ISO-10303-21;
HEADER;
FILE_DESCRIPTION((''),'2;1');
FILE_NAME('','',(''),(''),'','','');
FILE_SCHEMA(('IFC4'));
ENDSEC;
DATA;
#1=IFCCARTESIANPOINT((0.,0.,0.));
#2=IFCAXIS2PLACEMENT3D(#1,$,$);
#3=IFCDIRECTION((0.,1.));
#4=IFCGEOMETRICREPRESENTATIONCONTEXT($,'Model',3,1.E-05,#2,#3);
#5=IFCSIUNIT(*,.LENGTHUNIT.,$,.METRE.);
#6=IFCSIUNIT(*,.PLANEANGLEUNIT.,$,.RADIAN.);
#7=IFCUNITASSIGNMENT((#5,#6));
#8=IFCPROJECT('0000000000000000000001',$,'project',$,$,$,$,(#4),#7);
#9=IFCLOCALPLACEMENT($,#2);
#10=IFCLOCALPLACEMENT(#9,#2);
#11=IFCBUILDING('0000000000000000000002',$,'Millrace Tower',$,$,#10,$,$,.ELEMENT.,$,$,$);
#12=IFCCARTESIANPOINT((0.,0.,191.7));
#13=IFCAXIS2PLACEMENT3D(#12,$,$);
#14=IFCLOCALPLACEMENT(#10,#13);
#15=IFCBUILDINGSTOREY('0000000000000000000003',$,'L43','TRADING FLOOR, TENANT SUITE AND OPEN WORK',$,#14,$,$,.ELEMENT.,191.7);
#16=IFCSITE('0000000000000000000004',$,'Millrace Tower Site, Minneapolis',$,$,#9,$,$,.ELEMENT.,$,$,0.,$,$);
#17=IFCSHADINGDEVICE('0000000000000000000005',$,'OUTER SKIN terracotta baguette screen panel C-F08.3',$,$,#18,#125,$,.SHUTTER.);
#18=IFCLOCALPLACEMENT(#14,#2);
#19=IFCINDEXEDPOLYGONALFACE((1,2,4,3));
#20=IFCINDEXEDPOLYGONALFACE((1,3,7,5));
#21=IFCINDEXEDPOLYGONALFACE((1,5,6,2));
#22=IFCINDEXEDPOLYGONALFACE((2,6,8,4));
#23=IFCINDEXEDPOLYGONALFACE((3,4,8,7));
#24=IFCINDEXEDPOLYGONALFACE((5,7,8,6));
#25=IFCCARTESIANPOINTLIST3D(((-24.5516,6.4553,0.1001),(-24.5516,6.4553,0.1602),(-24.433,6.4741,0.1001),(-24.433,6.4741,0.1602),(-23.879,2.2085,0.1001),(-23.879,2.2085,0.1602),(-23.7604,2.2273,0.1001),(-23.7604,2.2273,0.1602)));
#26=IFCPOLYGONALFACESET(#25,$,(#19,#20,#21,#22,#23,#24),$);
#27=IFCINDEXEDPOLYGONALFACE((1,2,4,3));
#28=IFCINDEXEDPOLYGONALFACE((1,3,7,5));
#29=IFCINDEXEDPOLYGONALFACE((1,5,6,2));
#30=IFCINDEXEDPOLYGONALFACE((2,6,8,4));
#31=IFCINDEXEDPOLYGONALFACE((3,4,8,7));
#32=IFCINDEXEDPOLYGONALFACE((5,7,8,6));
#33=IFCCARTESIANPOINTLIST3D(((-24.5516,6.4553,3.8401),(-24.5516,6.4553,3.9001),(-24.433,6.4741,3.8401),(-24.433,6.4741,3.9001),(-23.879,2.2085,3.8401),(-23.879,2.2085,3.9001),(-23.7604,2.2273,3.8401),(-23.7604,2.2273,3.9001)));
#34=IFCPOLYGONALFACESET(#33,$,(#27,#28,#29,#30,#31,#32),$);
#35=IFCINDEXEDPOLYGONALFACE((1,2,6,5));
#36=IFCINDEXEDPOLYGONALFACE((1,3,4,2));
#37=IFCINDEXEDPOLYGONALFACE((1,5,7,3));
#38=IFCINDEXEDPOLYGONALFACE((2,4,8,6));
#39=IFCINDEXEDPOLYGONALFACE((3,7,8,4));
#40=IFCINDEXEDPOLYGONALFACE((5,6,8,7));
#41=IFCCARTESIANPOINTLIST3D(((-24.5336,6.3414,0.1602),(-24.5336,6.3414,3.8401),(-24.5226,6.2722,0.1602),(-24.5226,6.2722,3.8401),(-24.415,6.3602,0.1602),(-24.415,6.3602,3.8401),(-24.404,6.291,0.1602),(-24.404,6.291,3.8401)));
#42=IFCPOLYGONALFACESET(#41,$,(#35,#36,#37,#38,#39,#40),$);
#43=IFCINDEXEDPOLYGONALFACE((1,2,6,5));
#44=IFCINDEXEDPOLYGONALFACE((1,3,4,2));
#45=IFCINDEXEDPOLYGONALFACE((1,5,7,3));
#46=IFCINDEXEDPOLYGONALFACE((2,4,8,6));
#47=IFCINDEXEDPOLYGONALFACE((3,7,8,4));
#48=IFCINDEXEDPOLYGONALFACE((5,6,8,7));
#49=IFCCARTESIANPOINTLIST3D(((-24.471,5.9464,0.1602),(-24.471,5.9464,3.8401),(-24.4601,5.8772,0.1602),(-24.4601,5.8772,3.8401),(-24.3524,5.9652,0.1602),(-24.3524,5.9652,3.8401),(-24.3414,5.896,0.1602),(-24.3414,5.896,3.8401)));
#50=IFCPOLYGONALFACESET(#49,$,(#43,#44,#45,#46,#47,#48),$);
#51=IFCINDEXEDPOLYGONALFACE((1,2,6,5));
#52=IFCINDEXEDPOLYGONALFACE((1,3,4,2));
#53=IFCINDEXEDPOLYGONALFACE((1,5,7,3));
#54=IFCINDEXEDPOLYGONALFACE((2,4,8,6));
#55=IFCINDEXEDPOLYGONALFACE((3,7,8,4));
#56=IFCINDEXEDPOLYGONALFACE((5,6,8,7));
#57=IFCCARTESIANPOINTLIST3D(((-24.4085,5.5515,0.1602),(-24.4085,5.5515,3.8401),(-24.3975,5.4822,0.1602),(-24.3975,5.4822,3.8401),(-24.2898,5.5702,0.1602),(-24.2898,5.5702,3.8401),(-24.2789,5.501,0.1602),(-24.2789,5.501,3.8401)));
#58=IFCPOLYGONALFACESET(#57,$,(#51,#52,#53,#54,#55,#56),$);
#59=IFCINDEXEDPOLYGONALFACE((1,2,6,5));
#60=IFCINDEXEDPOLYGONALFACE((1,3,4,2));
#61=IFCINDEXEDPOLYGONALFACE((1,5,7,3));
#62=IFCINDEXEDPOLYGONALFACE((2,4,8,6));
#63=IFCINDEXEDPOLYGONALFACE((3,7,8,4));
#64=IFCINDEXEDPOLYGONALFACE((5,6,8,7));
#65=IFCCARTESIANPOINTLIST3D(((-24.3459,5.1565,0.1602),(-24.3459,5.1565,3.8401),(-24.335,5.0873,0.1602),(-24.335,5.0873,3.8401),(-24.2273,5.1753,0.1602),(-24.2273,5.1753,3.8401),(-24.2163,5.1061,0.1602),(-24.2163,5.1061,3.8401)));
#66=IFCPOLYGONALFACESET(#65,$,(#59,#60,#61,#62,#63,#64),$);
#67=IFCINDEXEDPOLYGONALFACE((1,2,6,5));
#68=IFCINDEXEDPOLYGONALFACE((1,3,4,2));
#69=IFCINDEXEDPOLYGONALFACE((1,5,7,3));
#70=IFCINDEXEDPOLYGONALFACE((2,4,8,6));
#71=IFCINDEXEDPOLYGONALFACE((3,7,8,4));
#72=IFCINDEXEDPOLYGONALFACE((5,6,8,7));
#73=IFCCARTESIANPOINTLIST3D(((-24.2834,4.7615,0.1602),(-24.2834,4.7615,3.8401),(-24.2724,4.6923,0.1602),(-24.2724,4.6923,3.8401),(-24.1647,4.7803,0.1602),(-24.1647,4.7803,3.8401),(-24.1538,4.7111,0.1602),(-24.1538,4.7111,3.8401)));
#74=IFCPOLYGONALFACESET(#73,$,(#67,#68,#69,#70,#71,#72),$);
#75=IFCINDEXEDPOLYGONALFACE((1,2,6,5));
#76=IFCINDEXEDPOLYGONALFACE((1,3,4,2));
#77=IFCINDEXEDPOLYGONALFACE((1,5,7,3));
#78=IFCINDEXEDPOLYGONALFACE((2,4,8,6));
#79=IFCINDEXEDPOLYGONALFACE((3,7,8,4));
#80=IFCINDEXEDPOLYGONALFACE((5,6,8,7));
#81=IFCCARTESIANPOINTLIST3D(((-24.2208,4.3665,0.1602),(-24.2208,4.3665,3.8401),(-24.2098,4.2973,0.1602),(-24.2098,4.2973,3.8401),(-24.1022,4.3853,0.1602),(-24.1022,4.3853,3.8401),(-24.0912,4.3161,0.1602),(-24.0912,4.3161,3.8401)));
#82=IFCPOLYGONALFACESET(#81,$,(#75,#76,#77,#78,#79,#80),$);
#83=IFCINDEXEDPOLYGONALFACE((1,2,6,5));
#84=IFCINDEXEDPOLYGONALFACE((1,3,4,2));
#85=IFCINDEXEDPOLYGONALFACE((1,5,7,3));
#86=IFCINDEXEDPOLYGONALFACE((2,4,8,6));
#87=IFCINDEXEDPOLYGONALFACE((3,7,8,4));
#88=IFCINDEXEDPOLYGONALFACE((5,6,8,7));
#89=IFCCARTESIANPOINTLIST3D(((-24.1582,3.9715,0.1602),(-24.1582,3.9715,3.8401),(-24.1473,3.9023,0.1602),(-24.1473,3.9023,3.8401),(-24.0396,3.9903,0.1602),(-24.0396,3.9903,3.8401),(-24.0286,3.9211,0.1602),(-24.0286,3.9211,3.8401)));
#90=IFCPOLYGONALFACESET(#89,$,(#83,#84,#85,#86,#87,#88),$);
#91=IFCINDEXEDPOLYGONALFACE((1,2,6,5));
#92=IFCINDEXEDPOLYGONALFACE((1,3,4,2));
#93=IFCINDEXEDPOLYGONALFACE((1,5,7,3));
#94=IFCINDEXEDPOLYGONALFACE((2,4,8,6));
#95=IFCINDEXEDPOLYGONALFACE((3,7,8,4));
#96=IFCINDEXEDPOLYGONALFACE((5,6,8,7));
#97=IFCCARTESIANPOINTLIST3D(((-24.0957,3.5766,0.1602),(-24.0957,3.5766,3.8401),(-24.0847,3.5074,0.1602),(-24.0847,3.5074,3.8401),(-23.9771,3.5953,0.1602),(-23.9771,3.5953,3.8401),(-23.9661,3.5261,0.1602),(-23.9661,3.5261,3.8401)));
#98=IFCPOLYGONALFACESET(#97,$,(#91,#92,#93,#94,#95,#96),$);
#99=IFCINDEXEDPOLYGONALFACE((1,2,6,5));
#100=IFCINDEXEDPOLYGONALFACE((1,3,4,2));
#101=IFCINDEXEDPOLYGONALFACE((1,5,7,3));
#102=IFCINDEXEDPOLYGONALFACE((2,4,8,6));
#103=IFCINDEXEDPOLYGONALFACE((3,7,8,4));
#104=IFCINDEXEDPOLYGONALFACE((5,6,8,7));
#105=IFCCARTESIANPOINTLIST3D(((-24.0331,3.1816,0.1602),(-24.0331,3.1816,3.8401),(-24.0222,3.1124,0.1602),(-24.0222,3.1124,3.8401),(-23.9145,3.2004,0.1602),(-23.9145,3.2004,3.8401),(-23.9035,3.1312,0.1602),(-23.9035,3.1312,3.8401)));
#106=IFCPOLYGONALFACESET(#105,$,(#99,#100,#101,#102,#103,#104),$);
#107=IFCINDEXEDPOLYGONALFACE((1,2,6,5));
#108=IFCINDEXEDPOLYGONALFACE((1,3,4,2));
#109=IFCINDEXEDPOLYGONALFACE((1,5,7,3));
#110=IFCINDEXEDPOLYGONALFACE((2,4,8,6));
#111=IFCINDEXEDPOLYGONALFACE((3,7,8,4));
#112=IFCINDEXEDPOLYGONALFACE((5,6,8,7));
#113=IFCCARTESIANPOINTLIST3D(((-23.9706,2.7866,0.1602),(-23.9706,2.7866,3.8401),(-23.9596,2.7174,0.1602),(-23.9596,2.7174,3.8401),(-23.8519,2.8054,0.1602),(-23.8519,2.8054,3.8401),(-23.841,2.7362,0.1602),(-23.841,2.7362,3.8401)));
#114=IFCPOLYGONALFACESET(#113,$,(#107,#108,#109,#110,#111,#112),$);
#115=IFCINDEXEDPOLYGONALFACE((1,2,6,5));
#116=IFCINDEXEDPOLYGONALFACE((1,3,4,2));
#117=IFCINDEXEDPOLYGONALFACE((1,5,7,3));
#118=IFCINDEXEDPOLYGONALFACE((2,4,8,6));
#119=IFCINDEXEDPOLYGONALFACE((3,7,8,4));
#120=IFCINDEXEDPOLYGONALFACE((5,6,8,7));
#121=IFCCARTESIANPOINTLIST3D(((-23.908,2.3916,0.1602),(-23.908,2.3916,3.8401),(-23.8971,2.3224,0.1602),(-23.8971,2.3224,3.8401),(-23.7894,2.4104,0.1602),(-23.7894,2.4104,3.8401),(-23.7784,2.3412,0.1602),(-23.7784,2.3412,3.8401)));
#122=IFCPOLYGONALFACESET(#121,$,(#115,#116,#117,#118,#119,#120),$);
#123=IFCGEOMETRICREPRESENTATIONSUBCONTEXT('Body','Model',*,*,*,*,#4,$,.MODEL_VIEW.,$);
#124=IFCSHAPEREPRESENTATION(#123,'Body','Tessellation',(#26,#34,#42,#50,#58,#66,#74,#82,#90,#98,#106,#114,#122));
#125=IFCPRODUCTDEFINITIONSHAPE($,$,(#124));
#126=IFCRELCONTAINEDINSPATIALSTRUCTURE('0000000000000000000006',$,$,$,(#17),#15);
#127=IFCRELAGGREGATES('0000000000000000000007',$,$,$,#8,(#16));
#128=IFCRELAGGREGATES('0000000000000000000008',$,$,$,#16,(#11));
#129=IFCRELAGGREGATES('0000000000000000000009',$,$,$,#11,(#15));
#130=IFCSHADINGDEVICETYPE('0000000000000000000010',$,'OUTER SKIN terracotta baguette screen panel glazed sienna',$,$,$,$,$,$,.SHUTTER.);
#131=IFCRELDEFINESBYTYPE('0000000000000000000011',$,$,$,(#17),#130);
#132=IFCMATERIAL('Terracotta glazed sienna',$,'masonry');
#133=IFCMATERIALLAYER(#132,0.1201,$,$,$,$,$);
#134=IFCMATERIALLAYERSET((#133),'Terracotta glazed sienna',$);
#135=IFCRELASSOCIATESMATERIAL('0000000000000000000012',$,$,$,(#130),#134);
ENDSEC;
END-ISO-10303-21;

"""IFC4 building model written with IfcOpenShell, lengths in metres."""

from ifc_helpers import new_model, entity, si_unit, direction, frame, frame_2d, origin, origin_2d, place, context, subcontext, project, spatial, rectangle, extrude, source, transform, mapped, material, layer, layer_set, type_object, element, save


model = new_model("IFC4")

# Units and contexts
model_context = context("Model", 3, precision=1e-05, world=origin(), true_north=direction((0.0, 1.0)))
body_context = subcontext(model_context, "Body", "Model", "MODEL_VIEW")
ifc_project = project(units=[si_unit("LENGTHUNIT", "METRE"), si_unit("PLANEANGLEUNIT", "RADIAN")], contexts=[model_context])

# Site, building, storey
site_placement = place(None, origin())
site = spatial("IfcSite", under=ifc_project, at=site_placement, Name="Millrace Tower Site, Minneapolis", CompositionType="ELEMENT", RefElevation=0.0)
building_placement = place(site_placement, origin())
building = spatial("IfcBuilding", under=site, at=building_placement, Name="Millrace Tower", CompositionType="ELEMENT")
storey_placement = place(building_placement, frame((0.0, 0.0, 191.7)))
storey = spatial("IfcBuildingStorey", under=building, at=storey_placement, Name="L43", Description="TRADING FLOOR, TENANT SUITE AND OPEN WORK", CompositionType="ELEMENT", Elevation=191.7)

# Shading device
ifc_material_1 = material(Name="Terracotta glazed sienna", Category="masonry")
ifc_layer_1 = layer(ifc_material_1, 0.1201)
ifc_layer_set_1 = layer_set([ifc_layer_1], Name="Terracotta glazed sienna")
shading_device_type = type_object("IfcShadingDeviceType", Name="OUTER SKIN terracotta baguette screen panel glazed sienna", PredefinedType="SHUTTER", material=ifc_layer_set_1)
cartesian_point = entity("IfcCartesianPoint", [-2.1499, 0.0601])
shared_polyline = entity("IfcPolyline", [cartesian_point, entity("IfcCartesianPoint", [2.1499, 0.0601]), entity("IfcCartesianPoint", [2.1499, -0.0601]), entity("IfcCartesianPoint", [-2.1499, -0.0601]), cartesian_point])
shared_shape = source(origin(), body_context, "Body", "SweptSolid", [
    entity("IfcExtrudedAreaSolid", entity("IfcArbitraryClosedProfileDef", "AREA", None, shared_polyline), entity("IfcAxis2Placement3D", entity("IfcCartesianPoint", [0.0, 0.0, 0.0])), entity("IfcDirection", [0.0, 0.0, 1.0]), 0.0601),
    entity("IfcExtrudedAreaSolid", entity("IfcArbitraryClosedProfileDef", "AREA", None, shared_polyline), entity("IfcAxis2Placement3D", entity("IfcCartesianPoint", [0.0, 0.0, 3.74])), entity("IfcDirection", [0.0, 0.0, 1.0]), 0.0601),
    extrude(rectangle(XDim=0.0701, YDim=0.1201, at=frame_2d((-1.9995, 0.0))), frame((0.0, 0.0, 0.0601)), (0.0, 0.0, 1.0), 3.6799),
    extrude(rectangle(XDim=0.0701, YDim=0.1201, at=frame_2d((-1.5996, 0.0))), frame((0.0, 0.0, 0.0601)), (0.0, 0.0, 1.0), 3.6799),
    extrude(rectangle(XDim=0.0701, YDim=0.1201, at=frame_2d((-1.1997, 0.0))), frame((0.0, 0.0, 0.0601)), (0.0, 0.0, 1.0), 3.6799),
    extrude(rectangle(XDim=0.0701, YDim=0.1201, at=frame_2d((-0.7998, 0.0))), frame((0.0, 0.0, 0.0601)), (0.0, 0.0, 1.0), 3.6799),
    extrude(rectangle(XDim=0.0701, YDim=0.1201, at=frame_2d((-0.3999, 0.0))), frame((0.0, 0.0, 0.0601)), (0.0, 0.0, 1.0), 3.6799),
    extrude(rectangle(XDim=0.0701, YDim=0.1201, at=origin_2d()), frame((0.0, 0.0, 0.0601)), (0.0, 0.0, 1.0), 3.6799),
    extrude(rectangle(XDim=0.0701, YDim=0.1201, at=frame_2d((0.3999, 0.0))), frame((0.0, 0.0, 0.0601)), (0.0, 0.0, 1.0), 3.6799),
    extrude(rectangle(XDim=0.0701, YDim=0.1201, at=frame_2d((0.7998, 0.0))), frame((0.0, 0.0, 0.0601)), (0.0, 0.0, 1.0), 3.6799),
    extrude(rectangle(XDim=0.0701, YDim=0.1201, at=frame_2d((1.1997, 0.0))), frame((0.0, 0.0, 0.0601)), (0.0, 0.0, 1.0), 3.6799),
    extrude(rectangle(XDim=0.0701, YDim=0.1201, at=frame_2d((1.5996, 0.0))), frame((0.0, 0.0, 0.0601)), (0.0, 0.0, 1.0), 3.6799),
    extrude(rectangle(XDim=0.0701, YDim=0.1201, at=frame_2d((1.9995, 0.0))), frame((0.0, 0.0, 0.0601)), (0.0, 0.0, 1.0), 3.6799),
])
for number, where, z_axis, x_axis, name in (
    (1, (-24.156, 4.3413, 0.1001), (0.0, 0.0, 1.0), (0.156434, -0.987688, 0.0), "OUTER SKIN terracotta baguette screen panel C-F08.3"),
):
    element("IfcShadingDevice", number, at=place(storey_placement, frame(where, z_axis=z_axis, x_axis=x_axis)), inside=storey, type_object=shading_device_type, Name=name, PredefinedType="SHUTTER", context=body_context, shape_type="MappedRepresentation", body=[
        mapped(shared_shape, transform((0.0, 0.0, 0.0), scale=1.0)),
    ])

save(model, "model.ifc")
